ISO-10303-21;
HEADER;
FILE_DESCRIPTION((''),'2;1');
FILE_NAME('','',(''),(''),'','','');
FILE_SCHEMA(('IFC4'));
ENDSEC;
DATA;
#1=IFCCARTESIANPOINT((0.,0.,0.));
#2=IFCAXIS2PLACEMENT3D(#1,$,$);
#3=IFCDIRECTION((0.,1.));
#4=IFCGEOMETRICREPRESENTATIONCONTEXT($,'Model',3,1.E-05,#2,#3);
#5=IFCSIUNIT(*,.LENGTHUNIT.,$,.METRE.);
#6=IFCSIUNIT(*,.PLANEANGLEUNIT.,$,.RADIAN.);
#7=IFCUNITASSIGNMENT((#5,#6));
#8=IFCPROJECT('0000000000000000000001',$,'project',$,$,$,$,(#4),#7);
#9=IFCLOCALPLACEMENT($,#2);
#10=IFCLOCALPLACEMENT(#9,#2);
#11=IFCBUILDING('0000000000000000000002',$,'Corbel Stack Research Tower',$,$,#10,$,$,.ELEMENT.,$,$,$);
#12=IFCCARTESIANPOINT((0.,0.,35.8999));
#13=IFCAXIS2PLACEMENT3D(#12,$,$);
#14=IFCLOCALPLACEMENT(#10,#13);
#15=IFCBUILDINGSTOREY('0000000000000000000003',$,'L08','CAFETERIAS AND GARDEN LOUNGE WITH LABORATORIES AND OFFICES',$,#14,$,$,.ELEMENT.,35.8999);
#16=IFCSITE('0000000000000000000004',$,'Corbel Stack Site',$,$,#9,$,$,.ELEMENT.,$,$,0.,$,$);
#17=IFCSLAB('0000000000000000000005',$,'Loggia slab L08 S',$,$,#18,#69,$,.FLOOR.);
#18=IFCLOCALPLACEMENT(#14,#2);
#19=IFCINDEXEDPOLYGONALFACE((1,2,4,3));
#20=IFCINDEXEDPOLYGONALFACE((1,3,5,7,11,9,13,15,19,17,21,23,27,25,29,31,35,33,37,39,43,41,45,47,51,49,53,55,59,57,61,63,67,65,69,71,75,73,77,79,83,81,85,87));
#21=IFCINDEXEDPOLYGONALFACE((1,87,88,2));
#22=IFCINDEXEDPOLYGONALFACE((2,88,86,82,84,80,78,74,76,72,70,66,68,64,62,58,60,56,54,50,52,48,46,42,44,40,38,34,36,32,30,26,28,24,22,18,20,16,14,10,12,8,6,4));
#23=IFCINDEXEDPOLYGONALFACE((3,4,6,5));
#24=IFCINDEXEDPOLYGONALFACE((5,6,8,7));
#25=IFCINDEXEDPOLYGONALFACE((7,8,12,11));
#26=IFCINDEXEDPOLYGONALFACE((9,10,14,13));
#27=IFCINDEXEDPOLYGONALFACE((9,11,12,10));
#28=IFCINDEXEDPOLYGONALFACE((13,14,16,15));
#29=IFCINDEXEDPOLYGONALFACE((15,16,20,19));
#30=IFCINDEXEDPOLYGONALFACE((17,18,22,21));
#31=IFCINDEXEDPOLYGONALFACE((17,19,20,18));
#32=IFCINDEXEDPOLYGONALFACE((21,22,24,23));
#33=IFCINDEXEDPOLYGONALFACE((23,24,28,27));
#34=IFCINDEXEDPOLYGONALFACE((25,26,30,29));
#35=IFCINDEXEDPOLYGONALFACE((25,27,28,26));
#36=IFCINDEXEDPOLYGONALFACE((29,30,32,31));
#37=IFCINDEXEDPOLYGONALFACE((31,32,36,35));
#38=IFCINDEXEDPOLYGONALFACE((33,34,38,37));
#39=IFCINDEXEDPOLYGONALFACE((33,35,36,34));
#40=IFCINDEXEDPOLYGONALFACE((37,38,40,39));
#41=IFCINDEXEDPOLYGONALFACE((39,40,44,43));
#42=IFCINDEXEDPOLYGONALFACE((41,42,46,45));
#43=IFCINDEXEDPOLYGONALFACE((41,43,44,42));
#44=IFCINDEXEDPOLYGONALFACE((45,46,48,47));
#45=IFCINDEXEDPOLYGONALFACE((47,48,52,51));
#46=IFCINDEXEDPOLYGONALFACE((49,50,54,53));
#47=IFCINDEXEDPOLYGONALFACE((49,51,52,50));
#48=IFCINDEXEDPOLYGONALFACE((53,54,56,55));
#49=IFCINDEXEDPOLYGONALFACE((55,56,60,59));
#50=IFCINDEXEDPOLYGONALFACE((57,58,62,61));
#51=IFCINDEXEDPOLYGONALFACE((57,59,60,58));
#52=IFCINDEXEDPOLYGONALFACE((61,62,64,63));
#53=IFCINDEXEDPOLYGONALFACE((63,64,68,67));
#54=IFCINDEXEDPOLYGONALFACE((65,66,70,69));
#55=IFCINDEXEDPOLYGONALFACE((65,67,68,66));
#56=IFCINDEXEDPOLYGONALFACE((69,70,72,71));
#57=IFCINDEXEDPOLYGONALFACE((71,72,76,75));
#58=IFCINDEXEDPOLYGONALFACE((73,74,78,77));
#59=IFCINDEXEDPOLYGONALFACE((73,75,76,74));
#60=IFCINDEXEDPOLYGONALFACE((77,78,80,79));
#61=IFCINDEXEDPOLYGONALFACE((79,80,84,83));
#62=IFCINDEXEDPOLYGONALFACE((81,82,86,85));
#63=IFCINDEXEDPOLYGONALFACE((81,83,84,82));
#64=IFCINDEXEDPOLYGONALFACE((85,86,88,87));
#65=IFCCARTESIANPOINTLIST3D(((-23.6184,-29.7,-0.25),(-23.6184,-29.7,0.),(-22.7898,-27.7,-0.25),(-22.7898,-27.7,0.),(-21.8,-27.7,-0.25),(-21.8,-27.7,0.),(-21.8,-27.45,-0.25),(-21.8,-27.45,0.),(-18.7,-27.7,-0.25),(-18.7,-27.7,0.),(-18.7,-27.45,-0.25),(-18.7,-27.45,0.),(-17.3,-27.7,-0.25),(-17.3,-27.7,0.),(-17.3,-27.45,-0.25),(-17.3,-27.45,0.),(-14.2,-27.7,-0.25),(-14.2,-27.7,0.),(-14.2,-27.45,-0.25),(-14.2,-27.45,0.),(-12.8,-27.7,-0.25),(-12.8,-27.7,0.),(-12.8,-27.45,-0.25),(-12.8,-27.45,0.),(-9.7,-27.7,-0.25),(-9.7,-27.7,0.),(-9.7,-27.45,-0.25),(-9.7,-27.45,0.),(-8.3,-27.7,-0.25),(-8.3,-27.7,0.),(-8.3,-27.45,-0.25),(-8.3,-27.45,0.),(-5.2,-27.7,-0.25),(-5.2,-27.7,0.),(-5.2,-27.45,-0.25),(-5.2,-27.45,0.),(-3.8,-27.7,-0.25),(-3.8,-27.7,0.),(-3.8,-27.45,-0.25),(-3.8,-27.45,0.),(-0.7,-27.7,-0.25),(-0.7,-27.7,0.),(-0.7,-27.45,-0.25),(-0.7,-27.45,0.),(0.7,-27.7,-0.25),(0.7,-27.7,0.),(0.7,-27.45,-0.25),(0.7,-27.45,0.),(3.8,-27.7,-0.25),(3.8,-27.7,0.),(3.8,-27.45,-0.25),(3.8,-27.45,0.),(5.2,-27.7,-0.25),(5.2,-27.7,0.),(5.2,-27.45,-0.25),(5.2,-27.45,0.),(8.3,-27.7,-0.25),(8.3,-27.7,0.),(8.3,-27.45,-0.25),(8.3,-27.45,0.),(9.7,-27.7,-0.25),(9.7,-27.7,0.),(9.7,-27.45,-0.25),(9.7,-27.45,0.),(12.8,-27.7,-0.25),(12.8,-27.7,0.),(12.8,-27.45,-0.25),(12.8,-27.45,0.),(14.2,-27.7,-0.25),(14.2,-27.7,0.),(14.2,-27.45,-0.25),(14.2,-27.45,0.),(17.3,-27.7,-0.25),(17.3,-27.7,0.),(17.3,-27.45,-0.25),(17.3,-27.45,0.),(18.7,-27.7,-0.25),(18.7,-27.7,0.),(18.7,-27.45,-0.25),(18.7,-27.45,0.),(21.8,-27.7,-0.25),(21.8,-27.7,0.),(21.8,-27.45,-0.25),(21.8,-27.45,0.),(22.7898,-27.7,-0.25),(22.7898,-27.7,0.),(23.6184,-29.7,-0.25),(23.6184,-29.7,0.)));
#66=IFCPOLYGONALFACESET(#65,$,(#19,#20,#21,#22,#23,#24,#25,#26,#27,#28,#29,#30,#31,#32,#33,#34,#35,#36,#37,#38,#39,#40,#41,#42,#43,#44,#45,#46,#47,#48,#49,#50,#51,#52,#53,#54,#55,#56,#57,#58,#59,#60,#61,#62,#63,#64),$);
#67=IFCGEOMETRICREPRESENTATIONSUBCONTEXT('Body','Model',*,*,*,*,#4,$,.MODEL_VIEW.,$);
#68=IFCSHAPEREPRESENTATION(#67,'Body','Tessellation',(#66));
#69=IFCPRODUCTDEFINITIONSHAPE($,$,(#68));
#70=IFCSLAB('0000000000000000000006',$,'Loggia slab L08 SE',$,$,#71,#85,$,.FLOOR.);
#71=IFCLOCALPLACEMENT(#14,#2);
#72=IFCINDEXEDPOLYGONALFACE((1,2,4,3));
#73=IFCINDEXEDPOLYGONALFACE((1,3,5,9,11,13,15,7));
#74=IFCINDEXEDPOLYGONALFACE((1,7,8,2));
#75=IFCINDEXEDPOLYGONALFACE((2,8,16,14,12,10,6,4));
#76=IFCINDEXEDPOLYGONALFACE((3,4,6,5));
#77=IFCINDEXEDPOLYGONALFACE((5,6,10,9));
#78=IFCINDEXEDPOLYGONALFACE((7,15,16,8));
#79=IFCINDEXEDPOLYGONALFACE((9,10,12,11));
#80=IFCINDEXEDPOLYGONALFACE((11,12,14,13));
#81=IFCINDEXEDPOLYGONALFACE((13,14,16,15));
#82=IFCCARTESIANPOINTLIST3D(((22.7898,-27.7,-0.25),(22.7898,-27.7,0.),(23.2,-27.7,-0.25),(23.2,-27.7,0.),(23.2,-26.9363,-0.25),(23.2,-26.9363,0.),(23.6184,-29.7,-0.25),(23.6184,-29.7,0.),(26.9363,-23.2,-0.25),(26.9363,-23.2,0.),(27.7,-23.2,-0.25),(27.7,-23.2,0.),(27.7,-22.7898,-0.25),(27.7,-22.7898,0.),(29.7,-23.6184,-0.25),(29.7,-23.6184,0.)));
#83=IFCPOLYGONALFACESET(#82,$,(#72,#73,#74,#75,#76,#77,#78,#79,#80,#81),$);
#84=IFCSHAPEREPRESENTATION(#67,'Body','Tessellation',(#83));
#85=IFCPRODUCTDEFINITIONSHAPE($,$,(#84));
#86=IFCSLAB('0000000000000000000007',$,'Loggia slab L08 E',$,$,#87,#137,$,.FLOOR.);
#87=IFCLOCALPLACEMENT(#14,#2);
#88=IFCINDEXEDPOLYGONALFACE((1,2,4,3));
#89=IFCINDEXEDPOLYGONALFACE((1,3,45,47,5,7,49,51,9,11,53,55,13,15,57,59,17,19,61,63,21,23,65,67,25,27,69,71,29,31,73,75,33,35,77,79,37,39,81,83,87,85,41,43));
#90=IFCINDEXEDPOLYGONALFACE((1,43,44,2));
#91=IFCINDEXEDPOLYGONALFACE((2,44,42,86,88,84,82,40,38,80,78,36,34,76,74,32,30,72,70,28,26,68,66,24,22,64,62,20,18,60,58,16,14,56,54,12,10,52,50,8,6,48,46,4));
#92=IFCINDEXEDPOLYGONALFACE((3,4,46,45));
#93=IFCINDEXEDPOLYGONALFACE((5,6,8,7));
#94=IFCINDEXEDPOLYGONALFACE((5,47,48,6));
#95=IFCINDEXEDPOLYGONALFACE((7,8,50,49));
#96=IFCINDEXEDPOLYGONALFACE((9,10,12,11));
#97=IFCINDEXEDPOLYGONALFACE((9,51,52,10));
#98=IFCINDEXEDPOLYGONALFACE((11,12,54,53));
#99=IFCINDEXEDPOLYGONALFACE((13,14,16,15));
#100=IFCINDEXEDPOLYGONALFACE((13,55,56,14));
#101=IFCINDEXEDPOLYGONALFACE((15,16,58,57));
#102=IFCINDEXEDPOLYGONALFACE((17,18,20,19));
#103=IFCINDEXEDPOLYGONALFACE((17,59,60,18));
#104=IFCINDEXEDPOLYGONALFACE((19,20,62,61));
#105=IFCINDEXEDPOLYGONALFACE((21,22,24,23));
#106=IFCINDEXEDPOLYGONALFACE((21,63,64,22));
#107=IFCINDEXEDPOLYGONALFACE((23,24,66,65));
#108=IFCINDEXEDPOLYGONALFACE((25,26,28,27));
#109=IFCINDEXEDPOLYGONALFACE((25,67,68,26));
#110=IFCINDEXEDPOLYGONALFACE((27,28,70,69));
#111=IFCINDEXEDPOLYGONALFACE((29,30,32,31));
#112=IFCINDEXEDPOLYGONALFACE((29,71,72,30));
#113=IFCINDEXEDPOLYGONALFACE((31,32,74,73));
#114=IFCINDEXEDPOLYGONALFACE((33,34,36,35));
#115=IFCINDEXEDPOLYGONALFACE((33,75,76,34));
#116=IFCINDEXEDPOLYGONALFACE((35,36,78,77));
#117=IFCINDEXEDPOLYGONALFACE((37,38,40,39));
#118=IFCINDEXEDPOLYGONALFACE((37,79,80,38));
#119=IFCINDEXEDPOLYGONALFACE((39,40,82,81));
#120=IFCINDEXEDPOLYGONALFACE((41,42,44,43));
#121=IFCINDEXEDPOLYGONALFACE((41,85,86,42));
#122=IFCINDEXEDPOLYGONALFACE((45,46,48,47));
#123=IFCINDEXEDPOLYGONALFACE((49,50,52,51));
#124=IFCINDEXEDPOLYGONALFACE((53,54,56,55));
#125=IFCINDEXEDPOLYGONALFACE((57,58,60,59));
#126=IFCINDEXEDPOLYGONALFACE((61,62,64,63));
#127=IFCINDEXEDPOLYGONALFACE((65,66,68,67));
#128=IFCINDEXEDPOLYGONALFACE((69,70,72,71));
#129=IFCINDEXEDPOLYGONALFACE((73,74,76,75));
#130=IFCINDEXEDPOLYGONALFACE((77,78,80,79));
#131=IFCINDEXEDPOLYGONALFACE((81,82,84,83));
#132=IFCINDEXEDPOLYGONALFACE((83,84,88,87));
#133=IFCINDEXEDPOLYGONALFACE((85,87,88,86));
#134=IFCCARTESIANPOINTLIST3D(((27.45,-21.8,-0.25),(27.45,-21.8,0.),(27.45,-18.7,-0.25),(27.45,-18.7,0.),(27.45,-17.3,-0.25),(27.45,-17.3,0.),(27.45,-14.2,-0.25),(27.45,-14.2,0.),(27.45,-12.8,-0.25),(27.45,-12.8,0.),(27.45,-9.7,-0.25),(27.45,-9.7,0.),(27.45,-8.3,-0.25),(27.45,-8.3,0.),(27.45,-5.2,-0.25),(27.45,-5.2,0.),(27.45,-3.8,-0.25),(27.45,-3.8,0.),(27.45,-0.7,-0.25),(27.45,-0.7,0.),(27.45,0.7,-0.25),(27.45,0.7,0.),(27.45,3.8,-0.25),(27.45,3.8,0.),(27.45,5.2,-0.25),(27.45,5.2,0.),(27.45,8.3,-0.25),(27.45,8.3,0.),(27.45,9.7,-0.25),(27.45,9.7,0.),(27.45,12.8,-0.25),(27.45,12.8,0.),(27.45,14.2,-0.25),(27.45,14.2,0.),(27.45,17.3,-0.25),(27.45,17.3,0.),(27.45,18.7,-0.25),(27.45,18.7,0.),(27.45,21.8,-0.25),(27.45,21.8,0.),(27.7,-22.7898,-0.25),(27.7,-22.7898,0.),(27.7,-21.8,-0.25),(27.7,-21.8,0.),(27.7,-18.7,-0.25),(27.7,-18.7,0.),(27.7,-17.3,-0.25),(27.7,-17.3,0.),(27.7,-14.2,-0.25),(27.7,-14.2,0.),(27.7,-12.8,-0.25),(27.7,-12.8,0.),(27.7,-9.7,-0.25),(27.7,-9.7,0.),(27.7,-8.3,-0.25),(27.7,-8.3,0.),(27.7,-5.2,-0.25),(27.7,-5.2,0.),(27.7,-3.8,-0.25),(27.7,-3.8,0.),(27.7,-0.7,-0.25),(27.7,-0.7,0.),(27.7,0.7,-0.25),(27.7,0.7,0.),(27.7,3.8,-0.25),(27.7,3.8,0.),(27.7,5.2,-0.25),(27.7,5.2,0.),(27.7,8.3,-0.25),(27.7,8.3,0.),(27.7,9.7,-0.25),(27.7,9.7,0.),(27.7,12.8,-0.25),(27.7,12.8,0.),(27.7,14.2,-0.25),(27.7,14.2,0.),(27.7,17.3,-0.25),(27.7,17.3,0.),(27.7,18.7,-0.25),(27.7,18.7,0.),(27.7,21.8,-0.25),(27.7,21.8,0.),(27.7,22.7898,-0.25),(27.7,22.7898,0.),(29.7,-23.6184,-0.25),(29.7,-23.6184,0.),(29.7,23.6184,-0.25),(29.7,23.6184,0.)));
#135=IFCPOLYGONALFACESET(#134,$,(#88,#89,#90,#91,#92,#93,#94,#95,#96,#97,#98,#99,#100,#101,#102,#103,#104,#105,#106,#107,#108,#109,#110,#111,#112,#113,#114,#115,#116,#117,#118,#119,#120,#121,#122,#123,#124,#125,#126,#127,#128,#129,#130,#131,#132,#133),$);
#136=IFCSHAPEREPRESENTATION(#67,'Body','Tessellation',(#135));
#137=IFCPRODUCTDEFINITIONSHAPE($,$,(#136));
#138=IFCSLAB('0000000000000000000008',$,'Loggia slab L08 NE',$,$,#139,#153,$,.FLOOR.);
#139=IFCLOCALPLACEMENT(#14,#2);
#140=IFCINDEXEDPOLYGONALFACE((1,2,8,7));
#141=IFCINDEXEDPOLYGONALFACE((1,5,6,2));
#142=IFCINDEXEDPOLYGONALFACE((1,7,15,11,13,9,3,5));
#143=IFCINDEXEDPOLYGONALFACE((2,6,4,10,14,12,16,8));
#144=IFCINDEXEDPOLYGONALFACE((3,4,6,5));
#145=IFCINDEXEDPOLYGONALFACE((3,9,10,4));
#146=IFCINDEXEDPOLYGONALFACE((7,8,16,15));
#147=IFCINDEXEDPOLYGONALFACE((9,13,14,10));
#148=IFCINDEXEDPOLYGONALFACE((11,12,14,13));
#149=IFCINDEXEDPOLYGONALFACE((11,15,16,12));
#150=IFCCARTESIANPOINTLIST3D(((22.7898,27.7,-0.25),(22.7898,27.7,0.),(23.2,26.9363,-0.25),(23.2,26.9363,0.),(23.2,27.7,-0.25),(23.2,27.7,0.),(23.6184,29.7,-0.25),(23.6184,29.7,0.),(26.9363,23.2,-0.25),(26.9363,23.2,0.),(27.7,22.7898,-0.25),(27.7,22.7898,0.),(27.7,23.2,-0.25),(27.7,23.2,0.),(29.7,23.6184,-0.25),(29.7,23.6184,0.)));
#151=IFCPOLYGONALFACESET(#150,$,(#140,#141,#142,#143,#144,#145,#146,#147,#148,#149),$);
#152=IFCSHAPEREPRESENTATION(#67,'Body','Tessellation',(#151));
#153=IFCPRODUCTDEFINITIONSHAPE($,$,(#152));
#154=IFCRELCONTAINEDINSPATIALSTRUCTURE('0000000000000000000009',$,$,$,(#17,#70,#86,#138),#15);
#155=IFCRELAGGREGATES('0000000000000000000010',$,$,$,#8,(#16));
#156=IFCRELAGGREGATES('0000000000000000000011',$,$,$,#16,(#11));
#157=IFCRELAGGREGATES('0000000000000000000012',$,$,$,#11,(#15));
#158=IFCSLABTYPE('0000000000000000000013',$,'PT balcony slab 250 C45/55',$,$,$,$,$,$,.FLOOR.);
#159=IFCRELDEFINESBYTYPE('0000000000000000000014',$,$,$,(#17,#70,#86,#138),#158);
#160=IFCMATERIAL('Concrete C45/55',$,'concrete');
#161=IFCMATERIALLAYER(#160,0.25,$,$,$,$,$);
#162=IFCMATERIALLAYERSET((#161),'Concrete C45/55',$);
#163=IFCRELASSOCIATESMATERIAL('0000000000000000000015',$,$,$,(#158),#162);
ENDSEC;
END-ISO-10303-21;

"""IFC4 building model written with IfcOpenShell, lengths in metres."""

from ifc_helpers import new_model, si_unit, direction, frame, origin, place, context, subcontext, project, spatial, polyline, outline, extrude, material, layer, layer_set, type_object, element, save


model = new_model("IFC4")

# Units and contexts
model_context = context("Model", 3, precision=1e-05, world=origin(), true_north=direction((0.0, 1.0)))
body_context = subcontext(model_context, "Body", "Model", "MODEL_VIEW")
ifc_project = project(units=[si_unit("LENGTHUNIT", "METRE"), si_unit("PLANEANGLEUNIT", "RADIAN")], contexts=[model_context])

# Site, building, storey
site_placement = place(None, origin())
site = spatial("IfcSite", under=ifc_project, at=site_placement, Name="Corbel Stack Site", CompositionType="ELEMENT", RefElevation=0.0)
building_placement = place(site_placement, origin())
building = spatial("IfcBuilding", under=site, at=building_placement, Name="Corbel Stack Research Tower", CompositionType="ELEMENT")
storey_placement = place(building_placement, frame((0.0, 0.0, 35.8999)))
storey = spatial("IfcBuildingStorey", under=building, at=storey_placement, Name="L08", Description="CAFETERIAS AND GARDEN LOUNGE WITH LABORATORIES AND OFFICES", CompositionType="ELEMENT", Elevation=35.8999)

# Slabs
ifc_material_1 = material(Name="Concrete C45/55", Category="concrete")
ifc_layer_1 = layer(ifc_material_1, 0.25)
ifc_layer_set_1 = layer_set([ifc_layer_1], Name="Concrete C45/55")
slab_type_1 = type_object("IfcSlabType", Name="PT balcony slab 250 C45/55", PredefinedType="FLOOR", material=ifc_layer_set_1)
slab_1_placement = place(storey_placement, frame((0.0, 0.0, -0.25)))
element("IfcSlab", 1, at=slab_1_placement, inside=storey, type_object=slab_type_1, Name="Loggia slab L08 S", PredefinedType="FLOOR", context=body_context, shape_type="SweptSolid", body=[
    extrude(outline(polyline([(22.7898, -27.7), (21.8, -27.7), (21.8, -27.45), (18.7, -27.45), (18.7, -27.7), (17.3, -27.7), (17.3, -27.45), (14.2, -27.45), (14.2, -27.7), (12.8, -27.7), (12.8, -27.45), (9.7, -27.45), (9.7, -27.7), (8.3, -27.7), (8.3, -27.45), (5.2, -27.45), (5.2, -27.7), (3.8, -27.7), (3.8, -27.45), (0.7, -27.45), (0.7, -27.7), (-0.7, -27.7), (-0.7, -27.45), (-3.8, -27.45), (-3.8, -27.7), (-5.2, -27.7), (-5.2, -27.45), (-8.3, -27.45), (-8.3, -27.7), (-9.7, -27.7), (-9.7, -27.45), (-12.8, -27.45), (-12.8, -27.7), (-14.2, -27.7), (-14.2, -27.45), (-17.3, -27.45), (-17.3, -27.7), (-18.7, -27.7), (-18.7, -27.45), (-21.8, -27.45), (-21.8, -27.7), (-22.7898, -27.7), (-23.6184, -29.7), (23.6184, -29.7), (22.7898, -27.7)])), origin(), (0.0, 0.0, 1.0), 0.25),
])
slab_2_placement = place(storey_placement, frame((0.0, 0.0, -0.25)))
element("IfcSlab", 2, at=slab_2_placement, inside=storey, type_object=slab_type_1, Name="Loggia slab L08 SE", PredefinedType="FLOOR", context=body_context, shape_type="SweptSolid", body=[
    extrude(outline(polyline([(27.7, -22.7898), (27.7, -23.2), (26.9363, -23.2), (23.2, -26.9363), (23.2, -27.7), (22.7898, -27.7), (23.6184, -29.7), (29.7, -23.6184), (27.7, -22.7898)])), origin(), (0.0, 0.0, 1.0), 0.25),
])
slab_3_placement = place(storey_placement, frame((0.0, 0.0, -0.25)))
element("IfcSlab", 3, at=slab_3_placement, inside=storey, type_object=slab_type_1, Name="Loggia slab L08 E", PredefinedType="FLOOR", context=body_context, shape_type="SweptSolid", body=[
    extrude(outline(polyline([(27.7, 22.7898), (27.7, 21.8), (27.45, 21.8), (27.45, 18.7), (27.7, 18.7), (27.7, 17.3), (27.45, 17.3), (27.45, 14.2), (27.7, 14.2), (27.7, 12.8), (27.45, 12.8), (27.45, 9.7), (27.7, 9.7), (27.7, 8.3), (27.45, 8.3), (27.45, 5.2), (27.7, 5.2), (27.7, 3.8), (27.45, 3.8), (27.45, 0.7), (27.7, 0.7), (27.7, -0.7), (27.45, -0.7), (27.45, -3.8), (27.7, -3.8), (27.7, -5.2), (27.45, -5.2), (27.45, -8.3), (27.7, -8.3), (27.7, -9.7), (27.45, -9.7), (27.45, -12.8), (27.7, -12.8), (27.7, -14.2), (27.45, -14.2), (27.45, -17.3), (27.7, -17.3), (27.7, -18.7), (27.45, -18.7), (27.45, -21.8), (27.7, -21.8), (27.7, -22.7898), (29.7, -23.6184), (29.7, 23.6184), (27.7, 22.7898)])), origin(), (0.0, 0.0, 1.0), 0.25),
])
slab_4_placement = place(storey_placement, frame((0.0, 0.0, -0.25)))
element("IfcSlab", 4, at=slab_4_placement, inside=storey, type_object=slab_type_1, Name="Loggia slab L08 NE", PredefinedType="FLOOR", context=body_context, shape_type="SweptSolid", body=[
    extrude(outline(polyline([(22.7898, 27.7), (23.2, 27.7), (23.2, 26.9363), (26.9363, 23.2), (27.7, 23.2), (27.7, 22.7898), (29.7, 23.6184), (23.6184, 29.7), (22.7898, 27.7)])), origin(), (0.0, 0.0, 1.0), 0.25),
])

save(model, "model.ifc")
